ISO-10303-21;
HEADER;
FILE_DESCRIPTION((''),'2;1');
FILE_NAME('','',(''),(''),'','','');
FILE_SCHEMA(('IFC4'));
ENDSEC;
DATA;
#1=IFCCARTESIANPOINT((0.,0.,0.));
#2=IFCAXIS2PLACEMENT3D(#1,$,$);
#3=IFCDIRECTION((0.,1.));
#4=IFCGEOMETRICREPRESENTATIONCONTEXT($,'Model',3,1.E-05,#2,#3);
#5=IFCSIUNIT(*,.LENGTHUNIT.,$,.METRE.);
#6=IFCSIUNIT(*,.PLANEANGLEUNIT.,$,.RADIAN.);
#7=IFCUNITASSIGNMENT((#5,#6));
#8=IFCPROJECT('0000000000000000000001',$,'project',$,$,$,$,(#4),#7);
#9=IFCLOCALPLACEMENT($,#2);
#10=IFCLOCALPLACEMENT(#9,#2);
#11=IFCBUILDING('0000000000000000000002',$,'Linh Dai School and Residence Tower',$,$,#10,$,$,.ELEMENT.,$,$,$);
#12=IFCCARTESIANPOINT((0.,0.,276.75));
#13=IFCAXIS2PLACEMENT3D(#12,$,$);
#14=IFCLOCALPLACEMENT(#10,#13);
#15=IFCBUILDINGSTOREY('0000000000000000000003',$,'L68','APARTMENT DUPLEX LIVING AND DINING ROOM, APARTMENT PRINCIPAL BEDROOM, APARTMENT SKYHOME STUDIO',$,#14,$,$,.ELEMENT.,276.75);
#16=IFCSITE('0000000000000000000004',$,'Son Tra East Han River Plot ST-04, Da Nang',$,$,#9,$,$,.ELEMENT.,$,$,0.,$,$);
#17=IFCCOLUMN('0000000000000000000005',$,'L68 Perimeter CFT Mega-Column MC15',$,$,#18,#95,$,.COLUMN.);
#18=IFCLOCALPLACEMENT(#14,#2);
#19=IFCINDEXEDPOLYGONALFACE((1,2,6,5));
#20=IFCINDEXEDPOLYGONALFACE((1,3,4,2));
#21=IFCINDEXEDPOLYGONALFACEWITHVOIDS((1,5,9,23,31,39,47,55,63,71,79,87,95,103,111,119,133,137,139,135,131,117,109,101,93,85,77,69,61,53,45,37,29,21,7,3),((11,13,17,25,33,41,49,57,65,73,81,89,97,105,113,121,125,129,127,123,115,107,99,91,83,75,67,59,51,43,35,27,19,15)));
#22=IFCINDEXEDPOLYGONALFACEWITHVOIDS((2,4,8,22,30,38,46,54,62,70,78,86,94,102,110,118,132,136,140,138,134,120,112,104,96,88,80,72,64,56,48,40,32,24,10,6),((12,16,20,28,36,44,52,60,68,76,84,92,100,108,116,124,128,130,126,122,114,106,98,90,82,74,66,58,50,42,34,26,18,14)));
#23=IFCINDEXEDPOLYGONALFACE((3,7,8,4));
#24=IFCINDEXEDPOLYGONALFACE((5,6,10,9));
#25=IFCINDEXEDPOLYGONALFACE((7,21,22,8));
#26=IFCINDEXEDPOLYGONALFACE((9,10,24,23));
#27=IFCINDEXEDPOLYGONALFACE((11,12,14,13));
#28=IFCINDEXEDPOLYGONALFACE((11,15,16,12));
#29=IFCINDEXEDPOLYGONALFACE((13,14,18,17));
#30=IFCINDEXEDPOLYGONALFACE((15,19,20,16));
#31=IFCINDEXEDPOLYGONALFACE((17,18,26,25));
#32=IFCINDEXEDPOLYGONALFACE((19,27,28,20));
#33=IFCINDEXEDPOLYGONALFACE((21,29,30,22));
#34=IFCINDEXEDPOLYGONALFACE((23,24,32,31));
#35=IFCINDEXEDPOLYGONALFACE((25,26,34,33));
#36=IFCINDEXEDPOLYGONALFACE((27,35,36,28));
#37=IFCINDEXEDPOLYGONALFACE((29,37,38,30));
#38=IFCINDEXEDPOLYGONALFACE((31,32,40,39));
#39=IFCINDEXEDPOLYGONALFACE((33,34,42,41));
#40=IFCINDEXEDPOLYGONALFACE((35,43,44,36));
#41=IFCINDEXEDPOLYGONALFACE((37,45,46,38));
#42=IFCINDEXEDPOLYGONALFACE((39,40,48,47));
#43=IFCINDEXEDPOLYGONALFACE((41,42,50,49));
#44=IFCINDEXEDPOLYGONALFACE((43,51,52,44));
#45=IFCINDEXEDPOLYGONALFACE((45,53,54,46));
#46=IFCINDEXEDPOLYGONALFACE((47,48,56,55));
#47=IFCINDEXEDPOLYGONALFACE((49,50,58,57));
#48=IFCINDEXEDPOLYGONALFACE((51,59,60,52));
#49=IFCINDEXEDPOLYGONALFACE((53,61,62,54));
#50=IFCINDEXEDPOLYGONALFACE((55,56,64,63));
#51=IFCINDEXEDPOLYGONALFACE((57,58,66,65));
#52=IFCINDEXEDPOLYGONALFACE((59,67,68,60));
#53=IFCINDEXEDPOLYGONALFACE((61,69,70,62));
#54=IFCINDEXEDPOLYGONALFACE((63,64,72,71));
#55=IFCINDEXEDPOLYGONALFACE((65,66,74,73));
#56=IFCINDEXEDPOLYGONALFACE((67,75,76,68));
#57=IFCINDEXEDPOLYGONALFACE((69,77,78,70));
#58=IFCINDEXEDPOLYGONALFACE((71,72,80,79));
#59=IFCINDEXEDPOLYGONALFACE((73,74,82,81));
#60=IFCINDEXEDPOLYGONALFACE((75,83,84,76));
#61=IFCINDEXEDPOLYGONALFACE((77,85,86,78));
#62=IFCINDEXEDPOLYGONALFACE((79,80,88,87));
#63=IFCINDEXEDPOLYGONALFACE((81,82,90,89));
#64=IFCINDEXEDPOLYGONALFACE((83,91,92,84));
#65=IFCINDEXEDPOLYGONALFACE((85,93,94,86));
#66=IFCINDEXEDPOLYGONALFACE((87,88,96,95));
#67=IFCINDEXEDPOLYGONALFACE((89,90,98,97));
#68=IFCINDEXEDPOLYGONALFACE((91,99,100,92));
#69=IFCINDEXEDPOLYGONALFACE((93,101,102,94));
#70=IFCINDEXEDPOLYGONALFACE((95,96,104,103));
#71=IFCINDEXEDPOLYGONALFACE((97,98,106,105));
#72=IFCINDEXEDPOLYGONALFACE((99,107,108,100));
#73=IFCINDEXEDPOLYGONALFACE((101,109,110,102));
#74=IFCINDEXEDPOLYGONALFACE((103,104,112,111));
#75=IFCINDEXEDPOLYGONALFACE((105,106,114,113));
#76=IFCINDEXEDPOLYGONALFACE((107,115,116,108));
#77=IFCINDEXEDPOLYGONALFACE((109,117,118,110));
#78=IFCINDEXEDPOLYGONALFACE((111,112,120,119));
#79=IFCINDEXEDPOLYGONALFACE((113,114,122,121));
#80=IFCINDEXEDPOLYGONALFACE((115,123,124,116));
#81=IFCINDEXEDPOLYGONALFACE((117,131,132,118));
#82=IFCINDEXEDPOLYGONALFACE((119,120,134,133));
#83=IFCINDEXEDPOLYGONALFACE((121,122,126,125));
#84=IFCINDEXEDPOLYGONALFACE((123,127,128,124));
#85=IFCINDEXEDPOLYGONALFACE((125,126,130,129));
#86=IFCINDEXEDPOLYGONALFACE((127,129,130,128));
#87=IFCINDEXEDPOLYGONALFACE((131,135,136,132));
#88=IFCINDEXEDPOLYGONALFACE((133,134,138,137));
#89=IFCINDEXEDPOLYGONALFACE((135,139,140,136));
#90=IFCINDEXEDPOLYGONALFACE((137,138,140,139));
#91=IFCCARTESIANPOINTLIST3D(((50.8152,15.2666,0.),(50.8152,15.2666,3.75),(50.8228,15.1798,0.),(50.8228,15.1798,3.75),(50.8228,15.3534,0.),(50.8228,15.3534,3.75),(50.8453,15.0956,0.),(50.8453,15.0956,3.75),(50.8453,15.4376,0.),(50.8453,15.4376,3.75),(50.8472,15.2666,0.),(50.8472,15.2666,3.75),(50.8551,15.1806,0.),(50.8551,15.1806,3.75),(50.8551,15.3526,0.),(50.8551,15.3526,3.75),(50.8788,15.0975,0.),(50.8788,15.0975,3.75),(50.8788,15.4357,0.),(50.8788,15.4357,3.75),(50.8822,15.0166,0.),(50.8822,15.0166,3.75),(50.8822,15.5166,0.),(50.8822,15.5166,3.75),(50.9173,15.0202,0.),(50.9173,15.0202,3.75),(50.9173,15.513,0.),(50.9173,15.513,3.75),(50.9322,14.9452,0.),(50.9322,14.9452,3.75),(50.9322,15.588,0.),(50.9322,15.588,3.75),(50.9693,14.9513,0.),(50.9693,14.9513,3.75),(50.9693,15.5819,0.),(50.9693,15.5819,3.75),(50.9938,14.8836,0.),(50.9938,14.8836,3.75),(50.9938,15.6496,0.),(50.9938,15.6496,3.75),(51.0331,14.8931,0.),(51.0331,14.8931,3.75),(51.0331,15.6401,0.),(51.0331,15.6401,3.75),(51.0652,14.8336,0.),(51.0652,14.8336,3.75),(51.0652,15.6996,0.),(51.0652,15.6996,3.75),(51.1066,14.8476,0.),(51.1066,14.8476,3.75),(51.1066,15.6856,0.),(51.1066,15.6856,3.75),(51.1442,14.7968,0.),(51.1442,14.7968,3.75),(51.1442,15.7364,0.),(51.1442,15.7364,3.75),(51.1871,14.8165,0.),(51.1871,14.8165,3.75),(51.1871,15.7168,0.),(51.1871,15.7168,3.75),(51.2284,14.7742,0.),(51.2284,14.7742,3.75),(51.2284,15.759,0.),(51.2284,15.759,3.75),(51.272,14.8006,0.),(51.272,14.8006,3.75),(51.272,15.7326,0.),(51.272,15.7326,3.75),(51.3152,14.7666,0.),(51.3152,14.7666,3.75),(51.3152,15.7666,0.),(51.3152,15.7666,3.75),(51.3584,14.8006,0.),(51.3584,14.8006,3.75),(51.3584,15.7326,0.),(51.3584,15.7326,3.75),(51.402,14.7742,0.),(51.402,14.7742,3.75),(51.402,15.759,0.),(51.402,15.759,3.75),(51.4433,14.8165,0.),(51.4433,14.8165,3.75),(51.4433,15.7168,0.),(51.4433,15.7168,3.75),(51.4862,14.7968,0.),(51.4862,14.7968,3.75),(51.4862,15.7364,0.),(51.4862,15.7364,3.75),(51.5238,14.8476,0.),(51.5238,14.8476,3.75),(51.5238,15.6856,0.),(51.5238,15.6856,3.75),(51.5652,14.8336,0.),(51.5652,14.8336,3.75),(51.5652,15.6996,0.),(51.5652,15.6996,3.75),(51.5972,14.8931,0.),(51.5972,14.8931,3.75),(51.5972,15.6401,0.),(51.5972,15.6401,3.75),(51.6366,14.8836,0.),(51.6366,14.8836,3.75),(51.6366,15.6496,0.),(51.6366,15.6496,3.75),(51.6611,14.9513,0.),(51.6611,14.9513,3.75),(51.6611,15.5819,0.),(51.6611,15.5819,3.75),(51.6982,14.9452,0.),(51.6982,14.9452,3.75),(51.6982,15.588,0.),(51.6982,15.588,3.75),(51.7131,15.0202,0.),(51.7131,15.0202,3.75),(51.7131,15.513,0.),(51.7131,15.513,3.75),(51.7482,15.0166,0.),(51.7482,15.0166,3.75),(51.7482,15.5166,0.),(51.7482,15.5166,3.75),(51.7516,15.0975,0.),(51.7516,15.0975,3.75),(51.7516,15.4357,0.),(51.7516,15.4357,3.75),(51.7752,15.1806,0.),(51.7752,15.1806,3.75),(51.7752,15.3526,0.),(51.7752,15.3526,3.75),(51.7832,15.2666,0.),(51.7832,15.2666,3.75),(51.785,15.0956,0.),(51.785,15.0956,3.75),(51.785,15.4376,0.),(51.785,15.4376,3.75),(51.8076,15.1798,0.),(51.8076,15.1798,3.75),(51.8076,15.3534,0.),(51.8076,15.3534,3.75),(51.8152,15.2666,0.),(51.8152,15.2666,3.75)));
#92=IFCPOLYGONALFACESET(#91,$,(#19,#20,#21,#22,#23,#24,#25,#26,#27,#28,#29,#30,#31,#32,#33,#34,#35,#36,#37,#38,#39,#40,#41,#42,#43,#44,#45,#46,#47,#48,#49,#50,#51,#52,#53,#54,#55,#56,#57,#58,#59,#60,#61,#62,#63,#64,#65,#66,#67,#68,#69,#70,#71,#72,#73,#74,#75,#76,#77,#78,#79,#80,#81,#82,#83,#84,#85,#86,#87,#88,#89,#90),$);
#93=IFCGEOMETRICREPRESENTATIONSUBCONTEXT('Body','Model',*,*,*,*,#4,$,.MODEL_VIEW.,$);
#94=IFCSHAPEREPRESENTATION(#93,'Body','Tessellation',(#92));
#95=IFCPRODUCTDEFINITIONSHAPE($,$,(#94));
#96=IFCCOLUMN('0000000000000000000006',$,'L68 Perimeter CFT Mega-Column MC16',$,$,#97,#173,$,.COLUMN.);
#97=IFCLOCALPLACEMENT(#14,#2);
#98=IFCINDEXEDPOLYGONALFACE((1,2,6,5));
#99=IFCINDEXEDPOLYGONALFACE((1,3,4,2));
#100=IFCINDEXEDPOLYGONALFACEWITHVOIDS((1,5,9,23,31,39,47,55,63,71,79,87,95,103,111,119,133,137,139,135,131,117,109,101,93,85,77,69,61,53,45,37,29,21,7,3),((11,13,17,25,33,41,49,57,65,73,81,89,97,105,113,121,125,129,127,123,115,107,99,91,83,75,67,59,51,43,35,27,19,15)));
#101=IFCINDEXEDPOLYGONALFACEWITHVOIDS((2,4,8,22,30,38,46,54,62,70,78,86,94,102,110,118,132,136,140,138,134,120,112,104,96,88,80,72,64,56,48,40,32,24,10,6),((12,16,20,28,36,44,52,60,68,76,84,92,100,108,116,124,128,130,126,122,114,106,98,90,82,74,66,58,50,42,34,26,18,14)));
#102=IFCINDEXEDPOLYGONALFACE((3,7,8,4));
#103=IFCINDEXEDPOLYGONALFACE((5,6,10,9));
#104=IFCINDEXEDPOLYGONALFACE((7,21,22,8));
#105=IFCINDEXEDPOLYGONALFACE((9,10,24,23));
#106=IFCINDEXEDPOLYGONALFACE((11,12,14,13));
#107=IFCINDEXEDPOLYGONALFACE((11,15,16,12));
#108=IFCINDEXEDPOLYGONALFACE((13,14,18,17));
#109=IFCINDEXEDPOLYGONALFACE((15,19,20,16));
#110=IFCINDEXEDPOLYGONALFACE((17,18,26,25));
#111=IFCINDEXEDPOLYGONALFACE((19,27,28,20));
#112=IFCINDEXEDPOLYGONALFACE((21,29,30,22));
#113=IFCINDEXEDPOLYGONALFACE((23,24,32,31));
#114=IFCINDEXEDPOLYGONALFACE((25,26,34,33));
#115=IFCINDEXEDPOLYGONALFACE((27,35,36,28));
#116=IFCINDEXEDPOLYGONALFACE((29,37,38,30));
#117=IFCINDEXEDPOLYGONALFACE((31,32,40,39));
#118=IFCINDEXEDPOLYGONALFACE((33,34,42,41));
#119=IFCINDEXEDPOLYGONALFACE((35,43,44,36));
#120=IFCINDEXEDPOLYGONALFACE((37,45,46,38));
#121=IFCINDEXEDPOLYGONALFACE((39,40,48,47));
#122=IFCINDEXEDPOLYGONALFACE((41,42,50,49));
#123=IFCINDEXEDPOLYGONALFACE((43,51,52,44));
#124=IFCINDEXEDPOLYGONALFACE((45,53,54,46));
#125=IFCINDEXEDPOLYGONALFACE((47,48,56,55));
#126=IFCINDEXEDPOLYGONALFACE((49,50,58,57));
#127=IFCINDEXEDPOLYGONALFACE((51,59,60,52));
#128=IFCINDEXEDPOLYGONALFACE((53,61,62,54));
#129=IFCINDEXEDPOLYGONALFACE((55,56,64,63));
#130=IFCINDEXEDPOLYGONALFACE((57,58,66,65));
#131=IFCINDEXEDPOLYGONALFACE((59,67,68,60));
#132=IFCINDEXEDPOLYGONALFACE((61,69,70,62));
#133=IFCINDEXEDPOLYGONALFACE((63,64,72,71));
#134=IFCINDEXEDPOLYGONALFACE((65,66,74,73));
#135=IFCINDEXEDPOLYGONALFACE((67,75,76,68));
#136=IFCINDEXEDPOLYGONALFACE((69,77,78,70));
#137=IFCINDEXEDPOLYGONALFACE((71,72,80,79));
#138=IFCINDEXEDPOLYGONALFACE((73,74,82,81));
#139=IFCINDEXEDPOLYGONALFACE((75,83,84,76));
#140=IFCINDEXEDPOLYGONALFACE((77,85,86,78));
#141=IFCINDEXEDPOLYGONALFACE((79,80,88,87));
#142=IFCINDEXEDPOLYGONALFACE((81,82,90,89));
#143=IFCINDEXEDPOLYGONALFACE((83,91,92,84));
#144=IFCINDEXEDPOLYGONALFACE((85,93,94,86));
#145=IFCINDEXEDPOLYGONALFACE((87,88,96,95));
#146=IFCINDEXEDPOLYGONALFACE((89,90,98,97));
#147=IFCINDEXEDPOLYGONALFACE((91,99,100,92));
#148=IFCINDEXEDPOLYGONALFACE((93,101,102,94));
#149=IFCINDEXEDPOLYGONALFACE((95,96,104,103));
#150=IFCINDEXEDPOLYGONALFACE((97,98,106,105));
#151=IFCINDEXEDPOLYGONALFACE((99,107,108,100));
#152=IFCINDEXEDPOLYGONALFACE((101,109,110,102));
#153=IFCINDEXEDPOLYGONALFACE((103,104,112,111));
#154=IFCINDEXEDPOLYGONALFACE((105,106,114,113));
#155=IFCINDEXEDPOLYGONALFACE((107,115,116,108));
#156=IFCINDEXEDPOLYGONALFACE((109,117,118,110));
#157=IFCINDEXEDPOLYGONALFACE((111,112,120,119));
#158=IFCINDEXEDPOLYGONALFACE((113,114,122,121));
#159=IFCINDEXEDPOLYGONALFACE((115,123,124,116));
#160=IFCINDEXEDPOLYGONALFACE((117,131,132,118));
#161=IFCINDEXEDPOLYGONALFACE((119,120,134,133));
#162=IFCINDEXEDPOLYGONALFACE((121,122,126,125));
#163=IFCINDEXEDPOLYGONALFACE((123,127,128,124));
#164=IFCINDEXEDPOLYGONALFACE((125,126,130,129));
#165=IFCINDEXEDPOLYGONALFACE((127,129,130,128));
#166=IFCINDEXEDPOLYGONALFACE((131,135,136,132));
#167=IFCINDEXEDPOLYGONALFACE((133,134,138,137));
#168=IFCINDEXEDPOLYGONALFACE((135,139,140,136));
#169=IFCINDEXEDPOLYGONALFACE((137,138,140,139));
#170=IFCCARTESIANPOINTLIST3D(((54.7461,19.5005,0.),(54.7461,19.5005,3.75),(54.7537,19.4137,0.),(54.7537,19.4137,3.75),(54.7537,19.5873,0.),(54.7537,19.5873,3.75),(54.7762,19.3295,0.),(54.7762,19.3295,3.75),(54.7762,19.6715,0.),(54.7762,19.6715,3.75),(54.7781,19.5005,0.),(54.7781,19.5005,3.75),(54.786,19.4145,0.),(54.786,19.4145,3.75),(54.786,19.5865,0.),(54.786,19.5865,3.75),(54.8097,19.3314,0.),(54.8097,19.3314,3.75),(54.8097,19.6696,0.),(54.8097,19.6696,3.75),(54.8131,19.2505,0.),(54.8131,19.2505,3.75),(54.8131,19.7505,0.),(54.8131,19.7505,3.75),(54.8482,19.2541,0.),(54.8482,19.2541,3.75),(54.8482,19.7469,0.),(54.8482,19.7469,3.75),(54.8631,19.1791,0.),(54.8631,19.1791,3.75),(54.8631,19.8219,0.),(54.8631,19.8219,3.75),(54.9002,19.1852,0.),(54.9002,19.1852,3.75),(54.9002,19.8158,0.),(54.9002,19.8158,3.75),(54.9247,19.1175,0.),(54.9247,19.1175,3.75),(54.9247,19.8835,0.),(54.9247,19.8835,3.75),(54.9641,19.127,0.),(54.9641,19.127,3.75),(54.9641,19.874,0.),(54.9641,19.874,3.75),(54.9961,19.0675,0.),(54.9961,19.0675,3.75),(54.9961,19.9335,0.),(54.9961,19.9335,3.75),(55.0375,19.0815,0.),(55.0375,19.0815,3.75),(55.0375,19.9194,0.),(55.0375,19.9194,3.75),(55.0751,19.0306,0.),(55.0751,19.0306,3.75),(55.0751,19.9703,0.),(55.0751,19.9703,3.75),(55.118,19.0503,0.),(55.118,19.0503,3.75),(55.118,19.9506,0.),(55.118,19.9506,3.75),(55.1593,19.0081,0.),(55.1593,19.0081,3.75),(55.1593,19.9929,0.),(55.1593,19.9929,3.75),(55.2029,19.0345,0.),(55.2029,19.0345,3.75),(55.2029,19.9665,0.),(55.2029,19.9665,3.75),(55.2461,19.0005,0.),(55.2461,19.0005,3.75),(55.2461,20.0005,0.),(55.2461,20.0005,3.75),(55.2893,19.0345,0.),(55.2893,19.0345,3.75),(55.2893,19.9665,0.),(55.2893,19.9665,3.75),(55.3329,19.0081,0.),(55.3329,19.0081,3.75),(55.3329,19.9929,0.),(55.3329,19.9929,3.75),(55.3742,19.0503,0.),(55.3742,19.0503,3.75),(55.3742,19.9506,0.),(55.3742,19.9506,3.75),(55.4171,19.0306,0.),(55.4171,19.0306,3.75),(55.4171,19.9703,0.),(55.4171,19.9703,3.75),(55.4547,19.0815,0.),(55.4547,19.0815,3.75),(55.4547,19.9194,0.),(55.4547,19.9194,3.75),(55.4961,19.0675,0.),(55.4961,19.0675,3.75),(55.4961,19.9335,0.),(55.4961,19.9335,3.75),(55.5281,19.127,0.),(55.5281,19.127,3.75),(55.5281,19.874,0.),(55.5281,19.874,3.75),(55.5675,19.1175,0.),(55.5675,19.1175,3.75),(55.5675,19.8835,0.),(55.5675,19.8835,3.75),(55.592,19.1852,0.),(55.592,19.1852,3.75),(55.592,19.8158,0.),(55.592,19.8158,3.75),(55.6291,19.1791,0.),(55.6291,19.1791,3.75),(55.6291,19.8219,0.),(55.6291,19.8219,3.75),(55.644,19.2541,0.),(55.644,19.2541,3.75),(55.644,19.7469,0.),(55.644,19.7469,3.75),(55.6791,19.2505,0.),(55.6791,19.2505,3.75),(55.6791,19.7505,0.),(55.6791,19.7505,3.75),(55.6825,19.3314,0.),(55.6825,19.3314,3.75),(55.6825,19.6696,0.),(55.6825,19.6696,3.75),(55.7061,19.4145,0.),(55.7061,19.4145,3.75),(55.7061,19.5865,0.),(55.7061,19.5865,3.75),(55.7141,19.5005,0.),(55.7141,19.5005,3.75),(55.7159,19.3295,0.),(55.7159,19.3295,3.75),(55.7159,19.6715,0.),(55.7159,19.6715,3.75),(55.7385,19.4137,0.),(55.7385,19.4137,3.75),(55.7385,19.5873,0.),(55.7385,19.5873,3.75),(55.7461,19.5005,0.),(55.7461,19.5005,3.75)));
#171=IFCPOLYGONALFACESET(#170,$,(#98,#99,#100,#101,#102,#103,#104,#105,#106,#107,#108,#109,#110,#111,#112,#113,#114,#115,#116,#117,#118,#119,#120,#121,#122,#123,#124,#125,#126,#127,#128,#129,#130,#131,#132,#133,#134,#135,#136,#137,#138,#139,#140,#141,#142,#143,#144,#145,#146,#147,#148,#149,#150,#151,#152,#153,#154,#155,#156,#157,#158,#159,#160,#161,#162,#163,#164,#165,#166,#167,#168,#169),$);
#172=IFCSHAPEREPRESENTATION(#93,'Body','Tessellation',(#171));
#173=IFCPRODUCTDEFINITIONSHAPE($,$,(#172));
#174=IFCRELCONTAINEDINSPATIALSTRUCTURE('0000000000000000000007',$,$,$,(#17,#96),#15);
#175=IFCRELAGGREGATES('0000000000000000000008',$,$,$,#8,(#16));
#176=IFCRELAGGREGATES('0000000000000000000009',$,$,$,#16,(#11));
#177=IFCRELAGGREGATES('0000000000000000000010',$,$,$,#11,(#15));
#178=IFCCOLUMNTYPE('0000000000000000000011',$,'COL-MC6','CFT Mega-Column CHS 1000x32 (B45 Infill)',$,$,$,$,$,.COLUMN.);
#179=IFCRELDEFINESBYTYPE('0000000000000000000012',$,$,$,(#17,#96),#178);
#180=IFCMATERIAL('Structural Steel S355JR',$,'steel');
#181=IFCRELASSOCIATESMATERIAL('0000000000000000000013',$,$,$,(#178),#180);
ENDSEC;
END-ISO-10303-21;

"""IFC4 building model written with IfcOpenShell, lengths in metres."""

from ifc_helpers import new_model, si_unit, direction, frame, origin, origin_2d, place, context, subcontext, project, spatial, hollow_circle, extrude, material, material_profile, profile_set, type_object, element, save


model = new_model("IFC4")

# Units and contexts
model_context = context("Model", 3, precision=1e-05, world=origin(), true_north=direction((0.0, 1.0)))
body_context = subcontext(model_context, "Body", "Model", "MODEL_VIEW")
ifc_project = project(units=[si_unit("LENGTHUNIT", "METRE"), si_unit("PLANEANGLEUNIT", "RADIAN")], contexts=[model_context])

# Site, building, storey
site_placement = place(None, origin())
site = spatial("IfcSite", under=ifc_project, at=site_placement, Name="Son Tra East Han River Plot ST-04, Da Nang", CompositionType="ELEMENT", RefElevation=0.0)
building_placement = place(site_placement, origin())
building = spatial("IfcBuilding", under=site, at=building_placement, Name="Linh Dai School and Residence Tower", CompositionType="ELEMENT")
storey_placement = place(building_placement, frame((0.0, 0.0, 276.75)))
storey = spatial("IfcBuildingStorey", under=building, at=storey_placement, Name="L68", Description="APARTMENT DUPLEX LIVING AND DINING ROOM, APARTMENT PRINCIPAL BEDROOM, APARTMENT SKYHOME STUDIO", CompositionType="ELEMENT", Elevation=276.75)

# Columns
ifc_material_1 = material(Name="Structural Steel S355JR", Category="steel")
ifc_material_profile_1 = material_profile(ifc_material_1, hollow_circle(Radius=0.5, WallThickness=0.032, at=origin_2d()), Name="CHS 1000x32")
ifc_profile_set_1 = profile_set([ifc_material_profile_1], Name="Structural Steel S355JR")
column_type = type_object("IfcColumnType", Name="COL-MC6", Description="CFT Mega-Column CHS 1000x32 (B45 Infill)", PredefinedType="COLUMN", material=ifc_profile_set_1)
for number, where, z_axis, x_axis, name in (
    (1, (51.3152, 15.2666, 0.0), (0.0, 0.0, 1.0), (1.0, 0.0, 0.0), "L68 Perimeter CFT Mega-Column MC15"),
    (2, (55.2461, 19.5005, 0.0), (0.0, 0.0, 1.0), (1.0, 0.0, 0.0), "L68 Perimeter CFT Mega-Column MC16"),
):
    element("IfcColumn", number, at=place(storey_placement, frame(where, z_axis=z_axis, x_axis=x_axis)), inside=storey, type_object=column_type, Name=name, PredefinedType="COLUMN", context=body_context, shape_type="SweptSolid", body=[
        extrude(hollow_circle(Radius=0.5, WallThickness=0.032, at=origin_2d()), origin(), (0.0, 0.0, 1.0), 3.75),
    ])

save(model, "model.ifc")
